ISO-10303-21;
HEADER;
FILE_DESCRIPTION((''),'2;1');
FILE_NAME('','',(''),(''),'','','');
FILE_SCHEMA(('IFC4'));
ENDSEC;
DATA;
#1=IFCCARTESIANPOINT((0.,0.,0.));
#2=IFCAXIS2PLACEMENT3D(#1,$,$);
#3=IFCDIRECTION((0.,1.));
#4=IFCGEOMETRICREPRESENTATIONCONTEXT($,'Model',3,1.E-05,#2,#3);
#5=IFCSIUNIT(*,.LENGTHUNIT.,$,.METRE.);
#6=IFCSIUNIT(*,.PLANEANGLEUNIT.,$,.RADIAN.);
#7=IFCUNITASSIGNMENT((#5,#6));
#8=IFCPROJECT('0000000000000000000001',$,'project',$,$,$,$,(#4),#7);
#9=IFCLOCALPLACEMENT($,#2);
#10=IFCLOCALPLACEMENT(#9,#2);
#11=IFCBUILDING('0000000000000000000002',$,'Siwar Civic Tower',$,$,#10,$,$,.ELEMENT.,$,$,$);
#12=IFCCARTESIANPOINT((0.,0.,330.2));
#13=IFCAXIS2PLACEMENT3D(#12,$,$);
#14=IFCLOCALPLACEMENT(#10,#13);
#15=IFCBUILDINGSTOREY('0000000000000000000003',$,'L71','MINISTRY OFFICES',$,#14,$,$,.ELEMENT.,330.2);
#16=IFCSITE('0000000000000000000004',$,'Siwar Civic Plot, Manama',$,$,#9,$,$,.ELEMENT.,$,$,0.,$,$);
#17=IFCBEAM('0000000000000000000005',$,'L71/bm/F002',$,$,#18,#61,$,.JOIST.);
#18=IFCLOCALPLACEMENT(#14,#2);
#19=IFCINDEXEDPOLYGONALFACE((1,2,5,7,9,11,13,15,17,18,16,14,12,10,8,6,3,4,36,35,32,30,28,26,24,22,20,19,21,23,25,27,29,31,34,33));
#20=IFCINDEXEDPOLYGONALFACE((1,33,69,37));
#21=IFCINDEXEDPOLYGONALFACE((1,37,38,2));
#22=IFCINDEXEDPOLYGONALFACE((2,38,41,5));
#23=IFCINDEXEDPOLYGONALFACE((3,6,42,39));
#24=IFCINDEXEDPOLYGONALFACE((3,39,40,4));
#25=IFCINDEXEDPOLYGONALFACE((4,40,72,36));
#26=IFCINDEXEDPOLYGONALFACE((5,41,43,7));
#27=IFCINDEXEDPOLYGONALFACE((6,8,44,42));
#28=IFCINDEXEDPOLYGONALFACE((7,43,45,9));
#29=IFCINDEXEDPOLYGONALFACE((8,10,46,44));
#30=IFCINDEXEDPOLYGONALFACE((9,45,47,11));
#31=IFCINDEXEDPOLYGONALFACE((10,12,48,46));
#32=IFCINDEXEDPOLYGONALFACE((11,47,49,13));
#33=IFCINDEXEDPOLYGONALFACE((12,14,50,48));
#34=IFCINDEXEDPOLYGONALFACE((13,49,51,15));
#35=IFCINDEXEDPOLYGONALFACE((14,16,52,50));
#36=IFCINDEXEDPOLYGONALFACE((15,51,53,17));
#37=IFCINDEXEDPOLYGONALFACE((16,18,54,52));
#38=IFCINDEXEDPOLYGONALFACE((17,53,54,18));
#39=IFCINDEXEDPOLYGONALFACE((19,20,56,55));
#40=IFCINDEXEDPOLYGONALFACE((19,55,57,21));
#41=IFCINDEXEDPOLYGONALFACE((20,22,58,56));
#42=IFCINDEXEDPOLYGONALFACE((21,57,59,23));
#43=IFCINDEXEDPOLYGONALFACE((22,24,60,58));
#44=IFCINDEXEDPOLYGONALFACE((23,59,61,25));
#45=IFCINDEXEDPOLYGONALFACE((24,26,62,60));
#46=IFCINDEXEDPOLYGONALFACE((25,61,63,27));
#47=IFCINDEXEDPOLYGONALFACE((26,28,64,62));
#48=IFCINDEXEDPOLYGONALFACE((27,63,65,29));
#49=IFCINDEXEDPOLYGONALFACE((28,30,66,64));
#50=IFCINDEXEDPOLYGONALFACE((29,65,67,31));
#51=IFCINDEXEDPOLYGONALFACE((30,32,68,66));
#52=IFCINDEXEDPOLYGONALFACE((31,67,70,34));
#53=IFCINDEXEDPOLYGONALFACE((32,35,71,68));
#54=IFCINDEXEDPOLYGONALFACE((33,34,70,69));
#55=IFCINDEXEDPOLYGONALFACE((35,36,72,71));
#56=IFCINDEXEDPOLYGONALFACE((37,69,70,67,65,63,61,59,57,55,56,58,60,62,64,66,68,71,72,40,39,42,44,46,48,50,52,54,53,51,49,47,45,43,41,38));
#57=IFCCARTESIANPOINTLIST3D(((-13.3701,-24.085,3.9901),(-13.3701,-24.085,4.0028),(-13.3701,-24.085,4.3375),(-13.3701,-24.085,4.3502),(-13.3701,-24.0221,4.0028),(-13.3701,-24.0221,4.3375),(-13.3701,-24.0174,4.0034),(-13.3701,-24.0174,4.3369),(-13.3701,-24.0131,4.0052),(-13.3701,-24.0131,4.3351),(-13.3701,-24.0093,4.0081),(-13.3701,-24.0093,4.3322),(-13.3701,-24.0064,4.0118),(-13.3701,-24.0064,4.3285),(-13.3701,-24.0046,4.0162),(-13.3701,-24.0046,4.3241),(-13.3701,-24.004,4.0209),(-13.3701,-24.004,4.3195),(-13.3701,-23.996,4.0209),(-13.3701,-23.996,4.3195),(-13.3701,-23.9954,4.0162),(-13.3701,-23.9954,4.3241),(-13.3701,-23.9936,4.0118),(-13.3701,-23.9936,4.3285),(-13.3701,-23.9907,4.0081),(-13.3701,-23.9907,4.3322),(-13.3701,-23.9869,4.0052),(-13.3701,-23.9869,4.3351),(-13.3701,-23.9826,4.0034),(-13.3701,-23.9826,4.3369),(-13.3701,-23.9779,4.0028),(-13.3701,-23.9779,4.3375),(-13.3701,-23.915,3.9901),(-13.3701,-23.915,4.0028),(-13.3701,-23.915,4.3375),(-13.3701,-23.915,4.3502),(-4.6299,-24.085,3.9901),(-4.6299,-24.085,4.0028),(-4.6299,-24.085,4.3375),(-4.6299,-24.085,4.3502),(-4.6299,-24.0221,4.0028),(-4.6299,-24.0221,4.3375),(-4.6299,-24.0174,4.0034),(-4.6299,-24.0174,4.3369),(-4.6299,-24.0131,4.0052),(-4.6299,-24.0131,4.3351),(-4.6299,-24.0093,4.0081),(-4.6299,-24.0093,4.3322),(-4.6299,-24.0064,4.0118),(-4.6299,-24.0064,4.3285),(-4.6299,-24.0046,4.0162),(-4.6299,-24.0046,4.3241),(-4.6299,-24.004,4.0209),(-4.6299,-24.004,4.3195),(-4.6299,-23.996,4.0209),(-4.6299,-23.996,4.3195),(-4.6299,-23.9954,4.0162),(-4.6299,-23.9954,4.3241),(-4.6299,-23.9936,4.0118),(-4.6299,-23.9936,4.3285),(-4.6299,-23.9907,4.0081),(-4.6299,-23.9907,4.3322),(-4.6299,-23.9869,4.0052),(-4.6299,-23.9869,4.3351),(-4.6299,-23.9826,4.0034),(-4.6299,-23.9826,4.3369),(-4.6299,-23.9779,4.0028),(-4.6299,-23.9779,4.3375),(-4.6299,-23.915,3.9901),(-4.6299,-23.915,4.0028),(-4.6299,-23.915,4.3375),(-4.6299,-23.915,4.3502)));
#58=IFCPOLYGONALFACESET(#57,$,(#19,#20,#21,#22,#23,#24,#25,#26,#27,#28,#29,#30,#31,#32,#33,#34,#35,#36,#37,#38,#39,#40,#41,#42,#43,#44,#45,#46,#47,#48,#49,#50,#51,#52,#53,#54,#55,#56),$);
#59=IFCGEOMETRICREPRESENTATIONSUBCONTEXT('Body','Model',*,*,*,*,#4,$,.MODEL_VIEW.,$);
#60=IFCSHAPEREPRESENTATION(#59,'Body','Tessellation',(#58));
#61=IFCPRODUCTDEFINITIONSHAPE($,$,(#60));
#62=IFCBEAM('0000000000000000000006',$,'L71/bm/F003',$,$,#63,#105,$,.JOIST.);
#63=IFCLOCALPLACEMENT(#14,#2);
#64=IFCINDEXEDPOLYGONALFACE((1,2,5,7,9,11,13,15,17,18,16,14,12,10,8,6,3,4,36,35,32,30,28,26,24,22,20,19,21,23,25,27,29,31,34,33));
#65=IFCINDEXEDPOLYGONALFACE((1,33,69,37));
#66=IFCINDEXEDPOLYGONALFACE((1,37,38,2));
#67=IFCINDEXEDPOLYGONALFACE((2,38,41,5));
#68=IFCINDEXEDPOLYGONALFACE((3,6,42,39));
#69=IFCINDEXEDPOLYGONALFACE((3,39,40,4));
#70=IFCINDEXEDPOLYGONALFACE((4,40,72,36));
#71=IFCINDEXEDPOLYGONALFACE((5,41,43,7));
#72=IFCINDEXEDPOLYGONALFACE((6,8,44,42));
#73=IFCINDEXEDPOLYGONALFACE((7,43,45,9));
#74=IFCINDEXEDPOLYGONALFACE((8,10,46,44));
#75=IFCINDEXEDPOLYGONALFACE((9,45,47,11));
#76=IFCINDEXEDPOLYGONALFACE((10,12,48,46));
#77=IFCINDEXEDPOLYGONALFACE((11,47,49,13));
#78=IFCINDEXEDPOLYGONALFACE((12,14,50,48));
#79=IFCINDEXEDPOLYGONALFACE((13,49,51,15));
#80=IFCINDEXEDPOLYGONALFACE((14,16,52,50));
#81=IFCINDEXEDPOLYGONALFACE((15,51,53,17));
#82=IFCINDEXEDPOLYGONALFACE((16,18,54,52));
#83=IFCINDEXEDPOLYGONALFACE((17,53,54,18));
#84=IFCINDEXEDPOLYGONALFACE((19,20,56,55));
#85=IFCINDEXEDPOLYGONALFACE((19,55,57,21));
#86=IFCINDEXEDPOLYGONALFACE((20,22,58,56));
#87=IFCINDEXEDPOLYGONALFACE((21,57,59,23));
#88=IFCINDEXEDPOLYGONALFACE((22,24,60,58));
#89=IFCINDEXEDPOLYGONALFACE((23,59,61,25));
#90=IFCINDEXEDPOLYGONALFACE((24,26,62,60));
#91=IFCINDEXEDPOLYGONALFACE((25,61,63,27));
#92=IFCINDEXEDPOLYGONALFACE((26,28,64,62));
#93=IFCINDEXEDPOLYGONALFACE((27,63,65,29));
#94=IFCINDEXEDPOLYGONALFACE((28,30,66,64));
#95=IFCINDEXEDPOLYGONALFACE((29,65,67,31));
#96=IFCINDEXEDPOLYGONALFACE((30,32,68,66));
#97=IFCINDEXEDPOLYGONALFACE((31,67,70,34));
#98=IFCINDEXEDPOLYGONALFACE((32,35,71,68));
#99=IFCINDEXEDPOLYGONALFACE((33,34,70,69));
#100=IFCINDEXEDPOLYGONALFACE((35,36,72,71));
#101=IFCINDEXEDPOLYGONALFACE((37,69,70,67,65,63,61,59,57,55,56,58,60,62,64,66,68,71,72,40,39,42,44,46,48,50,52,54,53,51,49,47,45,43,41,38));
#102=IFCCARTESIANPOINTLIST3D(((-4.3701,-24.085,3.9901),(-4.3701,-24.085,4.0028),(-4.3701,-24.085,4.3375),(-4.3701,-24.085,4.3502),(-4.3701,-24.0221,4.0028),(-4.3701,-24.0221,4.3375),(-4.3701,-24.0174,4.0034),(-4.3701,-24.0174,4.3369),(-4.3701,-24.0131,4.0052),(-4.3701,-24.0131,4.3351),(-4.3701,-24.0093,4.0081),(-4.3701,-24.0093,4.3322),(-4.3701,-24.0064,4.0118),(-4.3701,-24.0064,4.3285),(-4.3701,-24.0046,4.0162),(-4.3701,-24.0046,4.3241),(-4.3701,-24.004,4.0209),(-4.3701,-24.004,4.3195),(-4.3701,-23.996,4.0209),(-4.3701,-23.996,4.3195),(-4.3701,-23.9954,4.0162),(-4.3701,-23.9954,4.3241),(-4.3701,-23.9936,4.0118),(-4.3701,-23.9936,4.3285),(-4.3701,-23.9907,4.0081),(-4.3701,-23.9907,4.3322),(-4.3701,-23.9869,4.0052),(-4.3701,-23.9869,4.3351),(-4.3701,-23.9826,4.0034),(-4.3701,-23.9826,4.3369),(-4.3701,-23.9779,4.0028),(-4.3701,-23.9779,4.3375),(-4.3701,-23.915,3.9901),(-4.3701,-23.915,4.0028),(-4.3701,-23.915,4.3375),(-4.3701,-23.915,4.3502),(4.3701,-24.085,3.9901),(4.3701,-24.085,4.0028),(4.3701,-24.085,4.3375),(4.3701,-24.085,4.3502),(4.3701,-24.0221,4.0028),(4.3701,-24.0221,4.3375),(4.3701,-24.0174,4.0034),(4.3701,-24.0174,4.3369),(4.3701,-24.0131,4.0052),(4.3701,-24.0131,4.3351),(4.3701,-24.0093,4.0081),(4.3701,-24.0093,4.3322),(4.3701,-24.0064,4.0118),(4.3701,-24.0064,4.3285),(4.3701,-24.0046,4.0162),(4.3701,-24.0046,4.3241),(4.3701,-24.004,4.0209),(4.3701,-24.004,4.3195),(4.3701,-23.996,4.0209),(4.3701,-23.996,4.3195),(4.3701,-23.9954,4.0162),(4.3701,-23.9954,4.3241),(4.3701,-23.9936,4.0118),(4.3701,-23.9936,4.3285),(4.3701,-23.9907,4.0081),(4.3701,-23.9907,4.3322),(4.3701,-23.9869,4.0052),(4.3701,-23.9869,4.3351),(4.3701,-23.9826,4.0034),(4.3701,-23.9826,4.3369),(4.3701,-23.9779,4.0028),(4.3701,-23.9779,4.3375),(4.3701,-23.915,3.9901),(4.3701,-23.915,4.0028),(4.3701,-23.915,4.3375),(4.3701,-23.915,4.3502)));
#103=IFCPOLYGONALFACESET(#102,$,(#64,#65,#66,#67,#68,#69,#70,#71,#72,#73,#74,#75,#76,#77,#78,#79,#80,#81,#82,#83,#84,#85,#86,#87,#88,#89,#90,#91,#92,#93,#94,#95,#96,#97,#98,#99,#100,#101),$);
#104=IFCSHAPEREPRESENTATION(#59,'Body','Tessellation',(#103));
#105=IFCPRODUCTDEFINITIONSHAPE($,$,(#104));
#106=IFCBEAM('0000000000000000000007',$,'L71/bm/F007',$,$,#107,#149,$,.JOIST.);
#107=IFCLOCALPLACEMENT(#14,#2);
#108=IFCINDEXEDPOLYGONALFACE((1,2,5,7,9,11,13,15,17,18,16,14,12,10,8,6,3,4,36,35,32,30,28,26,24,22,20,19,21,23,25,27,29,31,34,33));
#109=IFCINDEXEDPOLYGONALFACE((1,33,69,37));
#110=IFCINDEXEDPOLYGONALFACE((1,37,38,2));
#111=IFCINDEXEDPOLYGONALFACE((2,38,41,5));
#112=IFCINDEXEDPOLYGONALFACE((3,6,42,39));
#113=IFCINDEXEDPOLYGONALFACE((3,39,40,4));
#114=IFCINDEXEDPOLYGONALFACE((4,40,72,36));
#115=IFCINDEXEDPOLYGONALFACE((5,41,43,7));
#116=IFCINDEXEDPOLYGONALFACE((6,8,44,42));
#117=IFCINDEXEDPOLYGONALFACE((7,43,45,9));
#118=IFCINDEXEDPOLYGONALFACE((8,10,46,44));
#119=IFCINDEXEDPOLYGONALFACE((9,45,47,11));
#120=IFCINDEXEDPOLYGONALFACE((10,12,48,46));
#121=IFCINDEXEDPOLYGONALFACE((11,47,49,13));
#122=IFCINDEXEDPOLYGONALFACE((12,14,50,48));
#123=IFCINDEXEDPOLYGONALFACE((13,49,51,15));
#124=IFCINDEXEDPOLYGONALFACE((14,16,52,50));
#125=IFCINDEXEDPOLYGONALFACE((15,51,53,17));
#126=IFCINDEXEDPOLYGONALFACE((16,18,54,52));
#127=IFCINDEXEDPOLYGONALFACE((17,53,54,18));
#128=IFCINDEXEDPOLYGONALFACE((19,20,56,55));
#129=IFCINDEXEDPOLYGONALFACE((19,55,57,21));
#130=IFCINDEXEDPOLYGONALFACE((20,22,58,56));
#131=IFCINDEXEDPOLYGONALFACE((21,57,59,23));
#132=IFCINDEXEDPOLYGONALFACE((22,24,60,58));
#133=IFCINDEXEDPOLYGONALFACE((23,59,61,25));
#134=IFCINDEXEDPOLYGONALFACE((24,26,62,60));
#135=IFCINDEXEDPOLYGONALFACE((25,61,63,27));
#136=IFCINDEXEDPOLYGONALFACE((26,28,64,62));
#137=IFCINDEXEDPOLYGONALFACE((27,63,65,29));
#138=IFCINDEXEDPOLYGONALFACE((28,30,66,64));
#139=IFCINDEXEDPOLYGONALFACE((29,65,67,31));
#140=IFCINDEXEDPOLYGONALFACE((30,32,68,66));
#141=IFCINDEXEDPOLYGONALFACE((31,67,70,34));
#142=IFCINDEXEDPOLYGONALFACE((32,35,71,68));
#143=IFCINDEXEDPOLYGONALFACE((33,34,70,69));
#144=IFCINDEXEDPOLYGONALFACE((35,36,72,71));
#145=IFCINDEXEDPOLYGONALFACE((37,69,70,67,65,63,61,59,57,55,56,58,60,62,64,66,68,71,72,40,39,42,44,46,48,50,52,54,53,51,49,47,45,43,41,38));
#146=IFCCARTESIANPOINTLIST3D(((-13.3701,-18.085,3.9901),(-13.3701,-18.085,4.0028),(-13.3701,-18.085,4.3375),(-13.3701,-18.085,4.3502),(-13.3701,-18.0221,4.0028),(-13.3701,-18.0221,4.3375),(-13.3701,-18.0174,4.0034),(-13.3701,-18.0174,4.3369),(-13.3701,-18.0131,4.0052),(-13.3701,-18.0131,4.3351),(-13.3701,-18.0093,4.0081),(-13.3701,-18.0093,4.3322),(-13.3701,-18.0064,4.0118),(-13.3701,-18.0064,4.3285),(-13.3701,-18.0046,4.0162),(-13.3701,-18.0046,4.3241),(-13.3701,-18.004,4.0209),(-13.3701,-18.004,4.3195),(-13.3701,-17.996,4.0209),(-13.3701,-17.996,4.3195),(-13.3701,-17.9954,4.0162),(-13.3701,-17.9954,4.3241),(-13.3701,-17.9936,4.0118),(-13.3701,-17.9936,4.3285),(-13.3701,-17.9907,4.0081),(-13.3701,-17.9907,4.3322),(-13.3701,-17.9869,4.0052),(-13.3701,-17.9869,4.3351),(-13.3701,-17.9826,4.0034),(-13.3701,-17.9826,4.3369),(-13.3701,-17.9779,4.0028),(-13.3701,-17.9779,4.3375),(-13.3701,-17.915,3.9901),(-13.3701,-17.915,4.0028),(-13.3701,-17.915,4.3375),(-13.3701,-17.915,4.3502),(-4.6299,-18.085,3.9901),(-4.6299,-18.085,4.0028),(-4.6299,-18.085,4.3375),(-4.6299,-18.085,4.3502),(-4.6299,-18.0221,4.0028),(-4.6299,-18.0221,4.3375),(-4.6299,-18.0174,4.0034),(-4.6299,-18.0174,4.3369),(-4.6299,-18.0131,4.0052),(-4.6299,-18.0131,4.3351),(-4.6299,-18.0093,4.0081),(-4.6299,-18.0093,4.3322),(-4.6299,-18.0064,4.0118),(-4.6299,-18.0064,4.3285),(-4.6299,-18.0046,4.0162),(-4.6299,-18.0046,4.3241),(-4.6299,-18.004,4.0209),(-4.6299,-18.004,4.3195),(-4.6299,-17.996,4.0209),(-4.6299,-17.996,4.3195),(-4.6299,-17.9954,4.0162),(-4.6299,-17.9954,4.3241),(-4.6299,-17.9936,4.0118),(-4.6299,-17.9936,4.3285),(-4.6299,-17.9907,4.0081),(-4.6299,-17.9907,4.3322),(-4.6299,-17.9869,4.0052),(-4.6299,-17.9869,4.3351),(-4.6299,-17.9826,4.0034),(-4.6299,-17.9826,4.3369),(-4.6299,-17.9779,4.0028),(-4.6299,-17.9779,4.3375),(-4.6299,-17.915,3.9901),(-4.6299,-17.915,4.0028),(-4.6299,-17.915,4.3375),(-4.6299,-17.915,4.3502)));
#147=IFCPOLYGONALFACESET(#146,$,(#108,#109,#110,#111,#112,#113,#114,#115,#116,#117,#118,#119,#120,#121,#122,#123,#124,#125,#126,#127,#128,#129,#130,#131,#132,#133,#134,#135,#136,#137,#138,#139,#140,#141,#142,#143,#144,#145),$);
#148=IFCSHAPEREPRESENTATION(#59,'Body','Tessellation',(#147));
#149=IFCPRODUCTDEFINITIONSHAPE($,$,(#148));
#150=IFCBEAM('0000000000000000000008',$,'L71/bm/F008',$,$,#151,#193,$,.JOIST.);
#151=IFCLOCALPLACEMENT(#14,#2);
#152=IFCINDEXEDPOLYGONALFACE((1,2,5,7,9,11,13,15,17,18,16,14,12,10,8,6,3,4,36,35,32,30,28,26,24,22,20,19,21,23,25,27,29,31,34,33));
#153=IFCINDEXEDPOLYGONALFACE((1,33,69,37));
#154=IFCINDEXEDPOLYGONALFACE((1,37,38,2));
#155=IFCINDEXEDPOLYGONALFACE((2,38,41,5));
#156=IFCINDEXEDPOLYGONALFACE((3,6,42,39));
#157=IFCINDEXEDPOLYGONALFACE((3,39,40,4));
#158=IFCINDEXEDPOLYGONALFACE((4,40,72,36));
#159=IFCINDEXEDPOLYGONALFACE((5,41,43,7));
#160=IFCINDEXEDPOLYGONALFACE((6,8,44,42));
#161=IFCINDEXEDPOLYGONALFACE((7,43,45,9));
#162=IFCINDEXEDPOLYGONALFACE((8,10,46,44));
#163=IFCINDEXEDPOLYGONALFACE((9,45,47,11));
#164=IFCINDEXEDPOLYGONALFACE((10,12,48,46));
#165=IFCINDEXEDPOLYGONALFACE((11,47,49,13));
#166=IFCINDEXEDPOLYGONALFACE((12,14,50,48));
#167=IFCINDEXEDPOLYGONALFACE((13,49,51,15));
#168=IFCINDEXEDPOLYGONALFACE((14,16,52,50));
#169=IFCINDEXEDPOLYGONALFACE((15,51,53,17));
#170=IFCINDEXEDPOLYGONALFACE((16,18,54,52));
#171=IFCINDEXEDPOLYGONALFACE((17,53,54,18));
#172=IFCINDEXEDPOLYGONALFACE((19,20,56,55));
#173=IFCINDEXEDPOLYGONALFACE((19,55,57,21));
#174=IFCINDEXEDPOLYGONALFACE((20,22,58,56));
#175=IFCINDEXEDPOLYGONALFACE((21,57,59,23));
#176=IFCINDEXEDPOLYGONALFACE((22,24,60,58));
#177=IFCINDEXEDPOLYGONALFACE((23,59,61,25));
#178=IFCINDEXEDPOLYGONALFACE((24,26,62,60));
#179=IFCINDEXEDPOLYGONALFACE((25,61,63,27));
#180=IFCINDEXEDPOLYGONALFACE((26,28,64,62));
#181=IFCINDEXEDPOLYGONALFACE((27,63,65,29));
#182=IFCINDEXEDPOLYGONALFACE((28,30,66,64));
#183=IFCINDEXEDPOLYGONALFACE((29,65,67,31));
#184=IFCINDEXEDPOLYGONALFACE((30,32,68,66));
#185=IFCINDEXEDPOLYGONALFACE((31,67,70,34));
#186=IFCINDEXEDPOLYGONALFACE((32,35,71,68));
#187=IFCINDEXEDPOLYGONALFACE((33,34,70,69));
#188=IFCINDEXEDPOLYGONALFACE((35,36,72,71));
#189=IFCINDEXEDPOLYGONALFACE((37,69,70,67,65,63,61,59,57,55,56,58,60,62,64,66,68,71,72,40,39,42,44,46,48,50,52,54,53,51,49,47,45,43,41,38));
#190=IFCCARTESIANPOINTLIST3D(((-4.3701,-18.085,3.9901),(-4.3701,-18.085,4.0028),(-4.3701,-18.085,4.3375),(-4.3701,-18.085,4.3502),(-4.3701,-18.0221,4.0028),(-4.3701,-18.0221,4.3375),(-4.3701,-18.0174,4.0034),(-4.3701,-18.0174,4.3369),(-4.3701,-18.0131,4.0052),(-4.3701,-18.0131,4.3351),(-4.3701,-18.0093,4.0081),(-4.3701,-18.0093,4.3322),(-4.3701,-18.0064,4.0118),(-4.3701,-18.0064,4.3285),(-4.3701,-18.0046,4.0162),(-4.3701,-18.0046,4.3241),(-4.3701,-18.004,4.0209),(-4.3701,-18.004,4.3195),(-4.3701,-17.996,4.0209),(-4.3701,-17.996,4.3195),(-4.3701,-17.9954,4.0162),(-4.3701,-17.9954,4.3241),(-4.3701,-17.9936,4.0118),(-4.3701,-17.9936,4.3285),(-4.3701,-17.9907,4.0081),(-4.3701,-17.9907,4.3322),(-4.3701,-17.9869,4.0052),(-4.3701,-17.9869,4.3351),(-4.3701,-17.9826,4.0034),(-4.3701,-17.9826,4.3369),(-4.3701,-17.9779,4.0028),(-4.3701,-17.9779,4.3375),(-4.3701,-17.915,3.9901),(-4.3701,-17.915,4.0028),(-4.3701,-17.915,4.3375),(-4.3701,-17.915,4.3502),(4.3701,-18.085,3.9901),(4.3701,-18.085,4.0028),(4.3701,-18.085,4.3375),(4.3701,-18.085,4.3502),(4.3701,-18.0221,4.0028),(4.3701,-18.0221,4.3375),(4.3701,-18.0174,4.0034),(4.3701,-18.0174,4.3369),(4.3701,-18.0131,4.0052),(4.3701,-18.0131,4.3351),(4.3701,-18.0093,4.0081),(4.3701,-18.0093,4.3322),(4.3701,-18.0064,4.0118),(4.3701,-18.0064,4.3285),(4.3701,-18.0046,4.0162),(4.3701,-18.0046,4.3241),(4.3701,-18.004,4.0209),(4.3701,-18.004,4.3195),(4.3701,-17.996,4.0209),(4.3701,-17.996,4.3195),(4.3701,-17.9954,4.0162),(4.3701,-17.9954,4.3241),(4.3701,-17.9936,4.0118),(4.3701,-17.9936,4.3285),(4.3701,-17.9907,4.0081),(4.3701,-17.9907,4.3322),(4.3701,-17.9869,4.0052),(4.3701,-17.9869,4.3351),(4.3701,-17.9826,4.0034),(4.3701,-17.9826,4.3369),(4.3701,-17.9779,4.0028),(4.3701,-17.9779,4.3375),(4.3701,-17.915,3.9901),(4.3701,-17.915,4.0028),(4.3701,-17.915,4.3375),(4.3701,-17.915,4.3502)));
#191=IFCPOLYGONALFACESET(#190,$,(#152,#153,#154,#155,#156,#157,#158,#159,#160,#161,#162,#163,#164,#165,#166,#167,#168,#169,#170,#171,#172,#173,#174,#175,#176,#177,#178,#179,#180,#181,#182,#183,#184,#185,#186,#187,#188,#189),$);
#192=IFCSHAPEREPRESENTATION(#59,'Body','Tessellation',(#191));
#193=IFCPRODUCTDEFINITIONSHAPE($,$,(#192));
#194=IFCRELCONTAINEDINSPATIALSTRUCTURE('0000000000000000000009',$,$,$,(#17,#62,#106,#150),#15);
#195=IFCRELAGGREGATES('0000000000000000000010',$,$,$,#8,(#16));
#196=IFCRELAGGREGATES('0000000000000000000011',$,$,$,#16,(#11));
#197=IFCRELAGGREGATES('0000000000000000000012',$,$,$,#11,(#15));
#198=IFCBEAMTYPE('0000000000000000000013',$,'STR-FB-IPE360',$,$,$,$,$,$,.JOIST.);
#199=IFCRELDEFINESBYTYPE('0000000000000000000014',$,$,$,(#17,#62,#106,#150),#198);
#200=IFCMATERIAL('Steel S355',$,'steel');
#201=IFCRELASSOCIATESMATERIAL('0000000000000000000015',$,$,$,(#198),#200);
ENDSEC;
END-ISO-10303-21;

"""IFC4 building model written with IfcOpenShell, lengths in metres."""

from ifc_helpers import new_model, si_unit, direction, frame, origin, origin_2d, place, context, subcontext, project, spatial, i_section, extrude, material, material_profile, profile_set, type_object, element, save


model = new_model("IFC4")

# Units and contexts
model_context = context("Model", 3, precision=1e-05, world=origin(), true_north=direction((0.0, 1.0)))
body_context = subcontext(model_context, "Body", "Model", "MODEL_VIEW")
ifc_project = project(units=[si_unit("LENGTHUNIT", "METRE"), si_unit("PLANEANGLEUNIT", "RADIAN")], contexts=[model_context])

# Site, building, storey
site_placement = place(None, origin())
site = spatial("IfcSite", under=ifc_project, at=site_placement, Name="Siwar Civic Plot, Manama", CompositionType="ELEMENT", RefElevation=0.0)
building_placement = place(site_placement, origin())
building = spatial("IfcBuilding", under=site, at=building_placement, Name="Siwar Civic Tower", CompositionType="ELEMENT")
storey_placement = place(building_placement, frame((0.0, 0.0, 330.2)))
storey = spatial("IfcBuildingStorey", under=building, at=storey_placement, Name="L71", Description="MINISTRY OFFICES", CompositionType="ELEMENT", Elevation=330.2)

# Beams
ifc_material_1 = material(Name="Steel S355", Category="steel")
ifc_material_profile_1 = material_profile(ifc_material_1, i_section(OverallWidth=0.1699, OverallDepth=0.3601, WebThickness=0.0081, FlangeThickness=0.0127, FilletRadius=0.0181, at=origin_2d()), Name="IPE360")
ifc_profile_set_1 = profile_set([ifc_material_profile_1], Name="Steel S355")
beam_type_1 = type_object("IfcBeamType", Name="STR-FB-IPE360", PredefinedType="JOIST", material=ifc_profile_set_1)
for number, where, z_axis, x_axis, name in (
    (1, (-13.3701, -24.0, 4.1702), (1.0, 0.0, 0.0), (0.0, 1.0, 0.0), "L71/bm/F002"),
    (2, (-4.3701, -24.0, 4.1702), (1.0, 0.0, 0.0), (0.0, 1.0, 0.0), "L71/bm/F003"),
    (3, (-13.3701, -18.0, 4.1702), (1.0, 0.0, 0.0), (0.0, 1.0, 0.0), "L71/bm/F007"),
    (4, (-4.3701, -18.0, 4.1702), (1.0, 0.0, 0.0), (0.0, 1.0, 0.0), "L71/bm/F008"),
):
    element("IfcBeam", number, at=place(storey_placement, frame(where, z_axis=z_axis, x_axis=x_axis)), inside=storey, type_object=beam_type_1, Name=name, PredefinedType="JOIST", context=body_context, shape_type="SweptSolid", body=[
        extrude(i_section(OverallWidth=0.1699, OverallDepth=0.3601, WebThickness=0.0081, FlangeThickness=0.0127, FilletRadius=0.0181, at=origin_2d()), origin(), (0.0, 0.0, 1.0), 8.7402),
    ])

save(model, "model.ifc")
